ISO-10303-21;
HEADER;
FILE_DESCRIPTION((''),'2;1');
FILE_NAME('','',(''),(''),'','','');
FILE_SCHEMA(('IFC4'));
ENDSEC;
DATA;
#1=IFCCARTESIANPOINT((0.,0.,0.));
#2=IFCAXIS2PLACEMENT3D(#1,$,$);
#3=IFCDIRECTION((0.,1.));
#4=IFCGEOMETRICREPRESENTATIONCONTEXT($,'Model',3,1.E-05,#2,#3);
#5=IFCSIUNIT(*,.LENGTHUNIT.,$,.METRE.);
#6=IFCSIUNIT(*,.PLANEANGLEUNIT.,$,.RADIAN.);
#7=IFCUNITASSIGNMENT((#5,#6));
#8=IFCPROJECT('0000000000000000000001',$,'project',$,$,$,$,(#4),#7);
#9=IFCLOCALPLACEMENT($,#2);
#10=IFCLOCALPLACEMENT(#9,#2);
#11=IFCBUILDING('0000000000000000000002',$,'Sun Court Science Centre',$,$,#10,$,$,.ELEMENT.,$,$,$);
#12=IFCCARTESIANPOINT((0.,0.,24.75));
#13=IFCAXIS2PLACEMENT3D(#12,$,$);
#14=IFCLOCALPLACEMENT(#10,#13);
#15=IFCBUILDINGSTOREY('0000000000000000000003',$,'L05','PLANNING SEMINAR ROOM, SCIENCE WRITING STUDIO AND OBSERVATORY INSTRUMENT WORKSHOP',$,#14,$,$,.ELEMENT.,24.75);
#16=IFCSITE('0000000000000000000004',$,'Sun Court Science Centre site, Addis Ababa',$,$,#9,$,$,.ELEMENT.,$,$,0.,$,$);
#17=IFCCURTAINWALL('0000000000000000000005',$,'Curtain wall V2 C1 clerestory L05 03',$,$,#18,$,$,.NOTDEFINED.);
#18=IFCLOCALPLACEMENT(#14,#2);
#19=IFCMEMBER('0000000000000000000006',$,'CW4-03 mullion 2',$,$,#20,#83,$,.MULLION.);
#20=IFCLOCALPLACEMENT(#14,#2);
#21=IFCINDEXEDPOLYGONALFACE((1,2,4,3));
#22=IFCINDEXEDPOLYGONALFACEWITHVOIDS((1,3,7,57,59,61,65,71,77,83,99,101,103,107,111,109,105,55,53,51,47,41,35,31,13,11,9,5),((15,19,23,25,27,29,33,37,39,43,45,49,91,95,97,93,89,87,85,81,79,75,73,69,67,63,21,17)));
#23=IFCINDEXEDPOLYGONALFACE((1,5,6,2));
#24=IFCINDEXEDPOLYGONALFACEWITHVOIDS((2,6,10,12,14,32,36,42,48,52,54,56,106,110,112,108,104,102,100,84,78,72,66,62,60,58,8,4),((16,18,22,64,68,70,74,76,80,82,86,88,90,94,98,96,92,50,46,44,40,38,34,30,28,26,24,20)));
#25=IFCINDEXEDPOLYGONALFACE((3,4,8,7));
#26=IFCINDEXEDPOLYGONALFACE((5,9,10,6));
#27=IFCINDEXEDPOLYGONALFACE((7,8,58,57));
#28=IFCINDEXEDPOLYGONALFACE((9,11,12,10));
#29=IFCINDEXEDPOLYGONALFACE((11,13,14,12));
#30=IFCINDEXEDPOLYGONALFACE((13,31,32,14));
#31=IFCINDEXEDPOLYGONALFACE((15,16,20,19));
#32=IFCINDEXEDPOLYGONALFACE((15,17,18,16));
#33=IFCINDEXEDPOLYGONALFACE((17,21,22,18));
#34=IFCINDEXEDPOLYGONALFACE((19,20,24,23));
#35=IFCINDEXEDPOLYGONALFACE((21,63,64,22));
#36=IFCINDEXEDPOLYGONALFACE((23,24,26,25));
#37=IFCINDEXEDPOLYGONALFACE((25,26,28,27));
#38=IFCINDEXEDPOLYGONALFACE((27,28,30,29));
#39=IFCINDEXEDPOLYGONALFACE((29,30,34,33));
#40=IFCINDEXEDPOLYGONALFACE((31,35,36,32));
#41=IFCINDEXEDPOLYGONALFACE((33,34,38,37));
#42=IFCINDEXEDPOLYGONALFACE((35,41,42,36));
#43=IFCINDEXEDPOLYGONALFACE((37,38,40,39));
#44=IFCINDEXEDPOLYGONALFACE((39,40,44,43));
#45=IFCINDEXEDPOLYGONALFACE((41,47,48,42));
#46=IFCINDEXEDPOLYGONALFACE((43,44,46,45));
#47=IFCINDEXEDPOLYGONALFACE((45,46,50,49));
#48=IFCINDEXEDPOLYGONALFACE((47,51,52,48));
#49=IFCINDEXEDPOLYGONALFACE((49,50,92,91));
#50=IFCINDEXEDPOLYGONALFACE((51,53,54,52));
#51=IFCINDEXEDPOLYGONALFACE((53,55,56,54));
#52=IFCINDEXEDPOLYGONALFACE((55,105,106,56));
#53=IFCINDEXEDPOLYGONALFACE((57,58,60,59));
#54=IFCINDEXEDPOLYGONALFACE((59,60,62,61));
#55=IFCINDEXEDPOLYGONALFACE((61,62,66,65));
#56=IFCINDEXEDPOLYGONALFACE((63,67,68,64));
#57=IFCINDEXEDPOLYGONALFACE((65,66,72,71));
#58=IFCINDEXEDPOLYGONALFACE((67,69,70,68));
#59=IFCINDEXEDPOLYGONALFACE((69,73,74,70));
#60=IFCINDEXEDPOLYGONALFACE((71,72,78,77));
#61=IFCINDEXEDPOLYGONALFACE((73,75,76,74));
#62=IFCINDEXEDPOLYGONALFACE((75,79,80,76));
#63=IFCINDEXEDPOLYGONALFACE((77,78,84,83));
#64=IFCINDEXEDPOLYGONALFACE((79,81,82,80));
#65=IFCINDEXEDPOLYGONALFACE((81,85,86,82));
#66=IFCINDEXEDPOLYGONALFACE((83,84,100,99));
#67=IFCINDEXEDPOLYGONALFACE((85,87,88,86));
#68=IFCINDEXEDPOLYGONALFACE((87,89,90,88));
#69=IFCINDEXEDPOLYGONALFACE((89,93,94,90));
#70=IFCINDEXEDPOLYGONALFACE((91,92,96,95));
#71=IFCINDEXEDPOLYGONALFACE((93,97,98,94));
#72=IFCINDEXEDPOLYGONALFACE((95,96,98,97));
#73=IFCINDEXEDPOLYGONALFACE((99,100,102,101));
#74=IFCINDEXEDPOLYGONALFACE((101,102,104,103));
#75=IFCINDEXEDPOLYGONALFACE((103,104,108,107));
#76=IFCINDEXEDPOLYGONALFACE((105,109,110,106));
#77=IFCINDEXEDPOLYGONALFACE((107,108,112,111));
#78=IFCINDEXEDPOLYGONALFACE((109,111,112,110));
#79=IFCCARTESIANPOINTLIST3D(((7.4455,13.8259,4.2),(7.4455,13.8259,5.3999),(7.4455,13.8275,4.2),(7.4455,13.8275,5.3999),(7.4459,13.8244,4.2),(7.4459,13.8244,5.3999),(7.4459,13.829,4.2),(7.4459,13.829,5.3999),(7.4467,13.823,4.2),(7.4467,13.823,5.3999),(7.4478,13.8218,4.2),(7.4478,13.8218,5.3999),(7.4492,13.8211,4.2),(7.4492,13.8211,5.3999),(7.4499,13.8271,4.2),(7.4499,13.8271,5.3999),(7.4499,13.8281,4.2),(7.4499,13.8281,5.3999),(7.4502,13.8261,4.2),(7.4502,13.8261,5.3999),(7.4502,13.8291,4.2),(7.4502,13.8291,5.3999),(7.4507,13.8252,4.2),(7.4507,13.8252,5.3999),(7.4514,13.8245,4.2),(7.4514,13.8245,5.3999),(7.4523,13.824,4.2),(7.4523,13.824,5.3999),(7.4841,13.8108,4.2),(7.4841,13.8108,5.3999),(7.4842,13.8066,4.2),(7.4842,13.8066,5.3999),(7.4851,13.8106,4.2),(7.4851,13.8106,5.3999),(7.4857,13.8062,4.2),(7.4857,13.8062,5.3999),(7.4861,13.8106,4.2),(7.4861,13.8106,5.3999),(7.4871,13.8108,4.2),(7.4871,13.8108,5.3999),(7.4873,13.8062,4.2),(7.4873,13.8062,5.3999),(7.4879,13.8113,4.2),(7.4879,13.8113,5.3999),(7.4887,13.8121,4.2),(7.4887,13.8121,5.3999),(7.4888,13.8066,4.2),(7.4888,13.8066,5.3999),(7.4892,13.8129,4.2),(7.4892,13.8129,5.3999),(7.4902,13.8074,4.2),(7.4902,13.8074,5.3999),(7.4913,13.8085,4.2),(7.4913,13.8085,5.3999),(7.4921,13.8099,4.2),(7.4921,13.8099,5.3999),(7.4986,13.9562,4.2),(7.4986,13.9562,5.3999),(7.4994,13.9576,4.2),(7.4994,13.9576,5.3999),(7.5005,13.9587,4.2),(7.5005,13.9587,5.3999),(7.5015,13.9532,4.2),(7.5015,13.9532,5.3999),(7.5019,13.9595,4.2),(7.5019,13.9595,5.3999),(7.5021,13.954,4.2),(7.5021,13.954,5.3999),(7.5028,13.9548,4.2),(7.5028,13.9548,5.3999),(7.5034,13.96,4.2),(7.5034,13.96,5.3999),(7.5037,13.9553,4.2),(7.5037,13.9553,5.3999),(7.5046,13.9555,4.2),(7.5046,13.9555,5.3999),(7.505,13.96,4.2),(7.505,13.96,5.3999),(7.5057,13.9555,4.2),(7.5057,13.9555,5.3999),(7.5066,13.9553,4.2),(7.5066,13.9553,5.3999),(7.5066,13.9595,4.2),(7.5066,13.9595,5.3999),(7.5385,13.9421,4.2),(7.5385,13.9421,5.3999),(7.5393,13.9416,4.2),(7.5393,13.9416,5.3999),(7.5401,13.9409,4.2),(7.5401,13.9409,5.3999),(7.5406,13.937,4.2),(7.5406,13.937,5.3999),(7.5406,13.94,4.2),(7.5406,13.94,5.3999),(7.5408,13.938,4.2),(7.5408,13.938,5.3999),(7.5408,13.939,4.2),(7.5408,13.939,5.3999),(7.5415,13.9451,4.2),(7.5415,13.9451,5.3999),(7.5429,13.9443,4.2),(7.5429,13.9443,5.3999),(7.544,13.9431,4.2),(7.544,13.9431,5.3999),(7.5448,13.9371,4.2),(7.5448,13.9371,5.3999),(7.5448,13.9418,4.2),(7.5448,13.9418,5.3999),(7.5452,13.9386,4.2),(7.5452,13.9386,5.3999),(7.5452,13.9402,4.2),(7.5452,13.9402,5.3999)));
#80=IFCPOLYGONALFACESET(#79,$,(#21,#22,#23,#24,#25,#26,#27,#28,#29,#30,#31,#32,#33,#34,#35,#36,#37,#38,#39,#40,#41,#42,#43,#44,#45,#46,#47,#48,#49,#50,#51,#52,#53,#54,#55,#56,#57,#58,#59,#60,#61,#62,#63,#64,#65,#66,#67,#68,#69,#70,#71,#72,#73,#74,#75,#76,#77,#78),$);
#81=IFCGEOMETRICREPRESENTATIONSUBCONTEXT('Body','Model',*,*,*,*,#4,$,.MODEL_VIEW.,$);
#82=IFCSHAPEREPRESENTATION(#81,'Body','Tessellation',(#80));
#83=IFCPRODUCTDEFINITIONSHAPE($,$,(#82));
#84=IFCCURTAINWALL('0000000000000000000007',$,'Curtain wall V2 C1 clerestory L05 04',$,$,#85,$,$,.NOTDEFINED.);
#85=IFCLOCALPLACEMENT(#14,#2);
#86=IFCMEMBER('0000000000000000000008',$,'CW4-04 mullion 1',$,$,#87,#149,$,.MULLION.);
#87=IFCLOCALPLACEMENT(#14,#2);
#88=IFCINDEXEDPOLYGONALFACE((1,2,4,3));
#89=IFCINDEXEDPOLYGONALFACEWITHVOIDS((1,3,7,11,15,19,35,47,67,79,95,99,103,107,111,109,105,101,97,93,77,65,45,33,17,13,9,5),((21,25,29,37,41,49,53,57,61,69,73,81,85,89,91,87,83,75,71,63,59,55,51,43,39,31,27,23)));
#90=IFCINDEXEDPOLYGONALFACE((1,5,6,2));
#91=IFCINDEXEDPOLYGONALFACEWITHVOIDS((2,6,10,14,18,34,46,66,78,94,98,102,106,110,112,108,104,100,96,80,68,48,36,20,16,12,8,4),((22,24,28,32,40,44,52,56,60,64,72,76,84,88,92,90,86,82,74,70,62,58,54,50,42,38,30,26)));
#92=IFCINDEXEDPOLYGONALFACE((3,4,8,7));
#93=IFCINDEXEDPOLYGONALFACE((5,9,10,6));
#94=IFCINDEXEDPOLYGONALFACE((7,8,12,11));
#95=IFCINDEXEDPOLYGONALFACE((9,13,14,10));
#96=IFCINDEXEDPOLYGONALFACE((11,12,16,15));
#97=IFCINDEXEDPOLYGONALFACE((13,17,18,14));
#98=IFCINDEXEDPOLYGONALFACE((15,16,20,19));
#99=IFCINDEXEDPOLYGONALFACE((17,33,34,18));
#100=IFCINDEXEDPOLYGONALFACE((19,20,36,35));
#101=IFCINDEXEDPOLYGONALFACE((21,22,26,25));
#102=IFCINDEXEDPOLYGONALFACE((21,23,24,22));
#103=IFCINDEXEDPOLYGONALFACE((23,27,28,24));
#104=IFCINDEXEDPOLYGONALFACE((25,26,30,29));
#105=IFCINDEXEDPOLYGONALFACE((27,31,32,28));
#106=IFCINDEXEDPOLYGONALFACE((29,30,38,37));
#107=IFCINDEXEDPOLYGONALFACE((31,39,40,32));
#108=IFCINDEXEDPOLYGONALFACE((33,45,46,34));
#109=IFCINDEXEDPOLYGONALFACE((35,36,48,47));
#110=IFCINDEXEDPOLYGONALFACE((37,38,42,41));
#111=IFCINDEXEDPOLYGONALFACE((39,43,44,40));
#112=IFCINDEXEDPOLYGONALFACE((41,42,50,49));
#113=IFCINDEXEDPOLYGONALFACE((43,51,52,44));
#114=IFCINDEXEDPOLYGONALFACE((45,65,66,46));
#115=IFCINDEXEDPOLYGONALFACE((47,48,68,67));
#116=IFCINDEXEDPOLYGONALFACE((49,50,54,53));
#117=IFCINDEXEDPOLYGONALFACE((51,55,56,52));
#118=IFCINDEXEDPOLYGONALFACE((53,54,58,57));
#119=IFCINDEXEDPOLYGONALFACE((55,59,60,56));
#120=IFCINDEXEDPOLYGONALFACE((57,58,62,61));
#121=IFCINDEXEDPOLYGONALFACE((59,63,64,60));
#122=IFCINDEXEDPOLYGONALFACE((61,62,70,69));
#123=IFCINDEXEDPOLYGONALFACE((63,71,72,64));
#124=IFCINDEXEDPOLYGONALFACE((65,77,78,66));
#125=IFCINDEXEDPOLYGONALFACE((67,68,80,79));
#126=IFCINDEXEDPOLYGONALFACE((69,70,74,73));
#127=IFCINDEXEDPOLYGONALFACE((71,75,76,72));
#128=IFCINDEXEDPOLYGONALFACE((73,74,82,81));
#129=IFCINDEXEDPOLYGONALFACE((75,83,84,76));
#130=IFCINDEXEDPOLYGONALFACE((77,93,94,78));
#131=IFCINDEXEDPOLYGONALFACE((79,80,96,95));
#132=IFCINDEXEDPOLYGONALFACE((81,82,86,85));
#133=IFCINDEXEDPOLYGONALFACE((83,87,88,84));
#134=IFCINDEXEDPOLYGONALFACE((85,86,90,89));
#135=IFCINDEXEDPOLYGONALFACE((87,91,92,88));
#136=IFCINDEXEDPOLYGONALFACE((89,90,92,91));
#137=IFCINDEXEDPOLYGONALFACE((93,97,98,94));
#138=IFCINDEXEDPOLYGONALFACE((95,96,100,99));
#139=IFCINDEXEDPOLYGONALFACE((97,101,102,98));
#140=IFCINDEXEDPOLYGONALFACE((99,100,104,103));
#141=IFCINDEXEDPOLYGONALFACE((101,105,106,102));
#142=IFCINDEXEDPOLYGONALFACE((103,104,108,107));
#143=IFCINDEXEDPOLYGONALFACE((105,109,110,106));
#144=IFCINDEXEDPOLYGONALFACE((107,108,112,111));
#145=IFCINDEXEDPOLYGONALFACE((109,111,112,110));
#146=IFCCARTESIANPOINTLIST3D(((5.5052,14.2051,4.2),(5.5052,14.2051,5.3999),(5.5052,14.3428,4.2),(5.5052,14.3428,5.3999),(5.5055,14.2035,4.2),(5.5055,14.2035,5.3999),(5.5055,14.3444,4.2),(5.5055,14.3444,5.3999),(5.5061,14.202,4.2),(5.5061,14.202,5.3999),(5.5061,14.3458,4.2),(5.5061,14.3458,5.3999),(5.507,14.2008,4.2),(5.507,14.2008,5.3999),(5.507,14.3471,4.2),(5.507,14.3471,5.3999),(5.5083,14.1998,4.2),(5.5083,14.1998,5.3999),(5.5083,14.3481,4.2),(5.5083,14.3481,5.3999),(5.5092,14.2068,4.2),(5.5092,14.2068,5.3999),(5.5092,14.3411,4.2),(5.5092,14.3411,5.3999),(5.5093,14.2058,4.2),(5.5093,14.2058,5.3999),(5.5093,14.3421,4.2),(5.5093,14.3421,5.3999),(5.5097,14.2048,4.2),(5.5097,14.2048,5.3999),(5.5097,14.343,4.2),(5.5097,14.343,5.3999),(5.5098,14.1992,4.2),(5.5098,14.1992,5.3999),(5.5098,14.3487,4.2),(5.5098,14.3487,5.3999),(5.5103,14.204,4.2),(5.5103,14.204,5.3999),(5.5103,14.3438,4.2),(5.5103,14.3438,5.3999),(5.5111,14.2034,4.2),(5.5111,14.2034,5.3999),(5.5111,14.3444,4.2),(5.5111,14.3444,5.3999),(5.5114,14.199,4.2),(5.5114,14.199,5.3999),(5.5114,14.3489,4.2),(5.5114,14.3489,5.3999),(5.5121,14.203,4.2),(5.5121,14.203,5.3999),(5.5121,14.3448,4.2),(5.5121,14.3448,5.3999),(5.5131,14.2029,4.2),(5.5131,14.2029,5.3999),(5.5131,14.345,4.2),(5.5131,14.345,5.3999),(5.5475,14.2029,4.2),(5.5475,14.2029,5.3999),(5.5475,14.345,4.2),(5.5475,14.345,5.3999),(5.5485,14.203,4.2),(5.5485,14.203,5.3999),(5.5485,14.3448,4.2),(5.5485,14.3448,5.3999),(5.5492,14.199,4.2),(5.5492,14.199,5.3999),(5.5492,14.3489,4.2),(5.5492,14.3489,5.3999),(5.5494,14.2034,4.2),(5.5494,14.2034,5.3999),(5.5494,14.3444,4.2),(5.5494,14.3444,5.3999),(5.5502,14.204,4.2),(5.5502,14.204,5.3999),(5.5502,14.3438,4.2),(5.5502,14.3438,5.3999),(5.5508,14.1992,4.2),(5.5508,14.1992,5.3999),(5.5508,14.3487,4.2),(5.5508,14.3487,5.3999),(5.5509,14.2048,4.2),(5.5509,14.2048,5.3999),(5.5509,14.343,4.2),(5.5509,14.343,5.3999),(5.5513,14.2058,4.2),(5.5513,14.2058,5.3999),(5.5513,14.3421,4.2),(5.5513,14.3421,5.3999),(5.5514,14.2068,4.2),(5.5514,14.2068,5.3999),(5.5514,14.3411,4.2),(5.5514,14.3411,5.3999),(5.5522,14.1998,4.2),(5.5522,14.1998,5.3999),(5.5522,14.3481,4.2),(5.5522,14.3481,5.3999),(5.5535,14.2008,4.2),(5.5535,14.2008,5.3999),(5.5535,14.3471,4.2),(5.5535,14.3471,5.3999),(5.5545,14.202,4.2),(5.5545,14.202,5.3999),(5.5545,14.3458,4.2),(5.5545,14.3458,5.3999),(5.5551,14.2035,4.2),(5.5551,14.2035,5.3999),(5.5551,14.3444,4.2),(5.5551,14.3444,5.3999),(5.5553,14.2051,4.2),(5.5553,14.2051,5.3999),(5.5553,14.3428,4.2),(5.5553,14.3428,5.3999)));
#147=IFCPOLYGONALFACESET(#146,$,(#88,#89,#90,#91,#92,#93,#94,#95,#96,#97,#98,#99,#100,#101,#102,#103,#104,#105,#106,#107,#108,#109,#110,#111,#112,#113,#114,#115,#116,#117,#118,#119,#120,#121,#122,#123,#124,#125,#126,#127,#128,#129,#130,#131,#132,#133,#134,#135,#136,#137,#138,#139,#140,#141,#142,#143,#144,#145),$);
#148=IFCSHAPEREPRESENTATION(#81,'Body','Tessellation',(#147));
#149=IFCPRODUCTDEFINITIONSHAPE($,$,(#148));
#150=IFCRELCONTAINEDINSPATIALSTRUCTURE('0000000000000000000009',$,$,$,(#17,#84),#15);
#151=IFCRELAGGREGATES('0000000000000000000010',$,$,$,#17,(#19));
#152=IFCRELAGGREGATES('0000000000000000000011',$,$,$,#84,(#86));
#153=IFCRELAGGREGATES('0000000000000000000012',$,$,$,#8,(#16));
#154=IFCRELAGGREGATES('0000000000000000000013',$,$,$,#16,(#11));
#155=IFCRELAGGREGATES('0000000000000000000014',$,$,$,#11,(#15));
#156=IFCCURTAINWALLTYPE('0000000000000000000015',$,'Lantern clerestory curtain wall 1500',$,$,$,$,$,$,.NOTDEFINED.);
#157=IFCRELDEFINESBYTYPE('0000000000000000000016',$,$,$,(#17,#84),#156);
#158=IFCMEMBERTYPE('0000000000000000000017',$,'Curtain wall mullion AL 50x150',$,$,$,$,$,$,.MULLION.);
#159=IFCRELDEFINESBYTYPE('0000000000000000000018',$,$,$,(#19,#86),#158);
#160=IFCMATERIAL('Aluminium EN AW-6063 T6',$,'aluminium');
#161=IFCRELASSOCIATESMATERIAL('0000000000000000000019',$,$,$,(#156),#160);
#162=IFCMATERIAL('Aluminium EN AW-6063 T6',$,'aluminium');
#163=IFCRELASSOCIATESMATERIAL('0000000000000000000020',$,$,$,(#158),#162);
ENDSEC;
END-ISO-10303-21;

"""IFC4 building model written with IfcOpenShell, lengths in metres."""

from ifc_helpers import new_model, si_unit, direction, frame, origin, origin_2d, place, context, subcontext, project, spatial, hollow_rectangle, extrude, material, material_profile, profile_set, type_object, element, aggregate, save


model = new_model("IFC4")

# Units and contexts
model_context = context("Model", 3, precision=1e-05, world=origin(), true_north=direction((0.0, 1.0)))
body_context = subcontext(model_context, "Body", "Model", "MODEL_VIEW")
ifc_project = project(units=[si_unit("LENGTHUNIT", "METRE"), si_unit("PLANEANGLEUNIT", "RADIAN")], contexts=[model_context])

# Site, building, storey
site_placement = place(None, origin())
site = spatial("IfcSite", under=ifc_project, at=site_placement, Name="Sun Court Science Centre site, Addis Ababa", CompositionType="ELEMENT", RefElevation=0.0)
building_placement = place(site_placement, origin())
building = spatial("IfcBuilding", under=site, at=building_placement, Name="Sun Court Science Centre", CompositionType="ELEMENT")
storey_placement = place(building_placement, frame((0.0, 0.0, 24.75)))
storey = spatial("IfcBuildingStorey", under=building, at=storey_placement, Name="L05", Description="PLANNING SEMINAR ROOM, SCIENCE WRITING STUDIO AND OBSERVATORY INSTRUMENT WORKSHOP", CompositionType="ELEMENT", Elevation=24.75)

# Shared definitions
ifc_material_1 = material(Name="Aluminium EN AW-6063 T6", Category="aluminium")
curtain_wall_type = type_object("IfcCurtainWallType", Name="Lantern clerestory curtain wall 1500", PredefinedType="NOTDEFINED", material=ifc_material_1)
ifc_material_2 = material(Name="Aluminium EN AW-6063 T6", Category="aluminium")
ifc_material_profile_1 = material_profile(ifc_material_2, hollow_rectangle(XDim=0.05, YDim=0.1499, WallThickness=0.0039, InnerFilletRadius=0.0039, OuterFilletRadius=0.0061, at=origin_2d()), Name="AL 50x150x4")
ifc_profile_set_1 = profile_set([ifc_material_profile_1], Name="Aluminium EN AW-6063 T6")
member_type_1 = type_object("IfcMemberType", Name="Curtain wall mullion AL 50x150", PredefinedType="MULLION", material=ifc_profile_set_1)

# Curtain walls, members
curtain_wall_1_placement = place(storey_placement, origin())
curtain_wall_1 = element("IfcCurtainWall", 1, at=curtain_wall_1_placement, inside=storey, type_object=curtain_wall_type, Name="Curtain wall V2 C1 clerestory L05 03", PredefinedType="NOTDEFINED")
member_1_placement = place(storey_placement, frame((7.4954, 13.8831, 4.2), z_axis=(0.0, 0.0, 1.0), x_axis=(0.92388, -0.382683, 0.0)))
member_1 = element("IfcMember", 2, at=member_1_placement, type_object=member_type_1, Name="CW4-03 mullion 2", PredefinedType="MULLION", context=body_context, shape_type="SweptSolid", body=[
    extrude(hollow_rectangle(XDim=0.05, YDim=0.1499, WallThickness=0.0039, InnerFilletRadius=0.0039, OuterFilletRadius=0.0061, at=origin_2d()), origin(), (0.0, 0.0, 1.0), 1.2),
])
curtain_wall_2_placement = place(storey_placement, origin())
curtain_wall_2 = element("IfcCurtainWall", 3, at=curtain_wall_2_placement, inside=storey, type_object=curtain_wall_type, Name="Curtain wall V2 C1 clerestory L05 04", PredefinedType="NOTDEFINED")
member_2_placement = place(storey_placement, frame((5.5303, 14.2739, 4.2), z_axis=(0.0, 0.0, 1.0), x_axis=(1.0, 0.0, 0.0)))
member_2 = element("IfcMember", 4, at=member_2_placement, type_object=member_type_1, Name="CW4-04 mullion 1", PredefinedType="MULLION", context=body_context, shape_type="SweptSolid", body=[
    extrude(hollow_rectangle(XDim=0.05, YDim=0.1499, WallThickness=0.0039, InnerFilletRadius=0.0039, OuterFilletRadius=0.0061, at=origin_2d()), origin(), (0.0, 0.0, 1.0), 1.2),
])

aggregate(curtain_wall_1, [member_1])
aggregate(curtain_wall_2, [member_2])

save(model, "model.ifc")
